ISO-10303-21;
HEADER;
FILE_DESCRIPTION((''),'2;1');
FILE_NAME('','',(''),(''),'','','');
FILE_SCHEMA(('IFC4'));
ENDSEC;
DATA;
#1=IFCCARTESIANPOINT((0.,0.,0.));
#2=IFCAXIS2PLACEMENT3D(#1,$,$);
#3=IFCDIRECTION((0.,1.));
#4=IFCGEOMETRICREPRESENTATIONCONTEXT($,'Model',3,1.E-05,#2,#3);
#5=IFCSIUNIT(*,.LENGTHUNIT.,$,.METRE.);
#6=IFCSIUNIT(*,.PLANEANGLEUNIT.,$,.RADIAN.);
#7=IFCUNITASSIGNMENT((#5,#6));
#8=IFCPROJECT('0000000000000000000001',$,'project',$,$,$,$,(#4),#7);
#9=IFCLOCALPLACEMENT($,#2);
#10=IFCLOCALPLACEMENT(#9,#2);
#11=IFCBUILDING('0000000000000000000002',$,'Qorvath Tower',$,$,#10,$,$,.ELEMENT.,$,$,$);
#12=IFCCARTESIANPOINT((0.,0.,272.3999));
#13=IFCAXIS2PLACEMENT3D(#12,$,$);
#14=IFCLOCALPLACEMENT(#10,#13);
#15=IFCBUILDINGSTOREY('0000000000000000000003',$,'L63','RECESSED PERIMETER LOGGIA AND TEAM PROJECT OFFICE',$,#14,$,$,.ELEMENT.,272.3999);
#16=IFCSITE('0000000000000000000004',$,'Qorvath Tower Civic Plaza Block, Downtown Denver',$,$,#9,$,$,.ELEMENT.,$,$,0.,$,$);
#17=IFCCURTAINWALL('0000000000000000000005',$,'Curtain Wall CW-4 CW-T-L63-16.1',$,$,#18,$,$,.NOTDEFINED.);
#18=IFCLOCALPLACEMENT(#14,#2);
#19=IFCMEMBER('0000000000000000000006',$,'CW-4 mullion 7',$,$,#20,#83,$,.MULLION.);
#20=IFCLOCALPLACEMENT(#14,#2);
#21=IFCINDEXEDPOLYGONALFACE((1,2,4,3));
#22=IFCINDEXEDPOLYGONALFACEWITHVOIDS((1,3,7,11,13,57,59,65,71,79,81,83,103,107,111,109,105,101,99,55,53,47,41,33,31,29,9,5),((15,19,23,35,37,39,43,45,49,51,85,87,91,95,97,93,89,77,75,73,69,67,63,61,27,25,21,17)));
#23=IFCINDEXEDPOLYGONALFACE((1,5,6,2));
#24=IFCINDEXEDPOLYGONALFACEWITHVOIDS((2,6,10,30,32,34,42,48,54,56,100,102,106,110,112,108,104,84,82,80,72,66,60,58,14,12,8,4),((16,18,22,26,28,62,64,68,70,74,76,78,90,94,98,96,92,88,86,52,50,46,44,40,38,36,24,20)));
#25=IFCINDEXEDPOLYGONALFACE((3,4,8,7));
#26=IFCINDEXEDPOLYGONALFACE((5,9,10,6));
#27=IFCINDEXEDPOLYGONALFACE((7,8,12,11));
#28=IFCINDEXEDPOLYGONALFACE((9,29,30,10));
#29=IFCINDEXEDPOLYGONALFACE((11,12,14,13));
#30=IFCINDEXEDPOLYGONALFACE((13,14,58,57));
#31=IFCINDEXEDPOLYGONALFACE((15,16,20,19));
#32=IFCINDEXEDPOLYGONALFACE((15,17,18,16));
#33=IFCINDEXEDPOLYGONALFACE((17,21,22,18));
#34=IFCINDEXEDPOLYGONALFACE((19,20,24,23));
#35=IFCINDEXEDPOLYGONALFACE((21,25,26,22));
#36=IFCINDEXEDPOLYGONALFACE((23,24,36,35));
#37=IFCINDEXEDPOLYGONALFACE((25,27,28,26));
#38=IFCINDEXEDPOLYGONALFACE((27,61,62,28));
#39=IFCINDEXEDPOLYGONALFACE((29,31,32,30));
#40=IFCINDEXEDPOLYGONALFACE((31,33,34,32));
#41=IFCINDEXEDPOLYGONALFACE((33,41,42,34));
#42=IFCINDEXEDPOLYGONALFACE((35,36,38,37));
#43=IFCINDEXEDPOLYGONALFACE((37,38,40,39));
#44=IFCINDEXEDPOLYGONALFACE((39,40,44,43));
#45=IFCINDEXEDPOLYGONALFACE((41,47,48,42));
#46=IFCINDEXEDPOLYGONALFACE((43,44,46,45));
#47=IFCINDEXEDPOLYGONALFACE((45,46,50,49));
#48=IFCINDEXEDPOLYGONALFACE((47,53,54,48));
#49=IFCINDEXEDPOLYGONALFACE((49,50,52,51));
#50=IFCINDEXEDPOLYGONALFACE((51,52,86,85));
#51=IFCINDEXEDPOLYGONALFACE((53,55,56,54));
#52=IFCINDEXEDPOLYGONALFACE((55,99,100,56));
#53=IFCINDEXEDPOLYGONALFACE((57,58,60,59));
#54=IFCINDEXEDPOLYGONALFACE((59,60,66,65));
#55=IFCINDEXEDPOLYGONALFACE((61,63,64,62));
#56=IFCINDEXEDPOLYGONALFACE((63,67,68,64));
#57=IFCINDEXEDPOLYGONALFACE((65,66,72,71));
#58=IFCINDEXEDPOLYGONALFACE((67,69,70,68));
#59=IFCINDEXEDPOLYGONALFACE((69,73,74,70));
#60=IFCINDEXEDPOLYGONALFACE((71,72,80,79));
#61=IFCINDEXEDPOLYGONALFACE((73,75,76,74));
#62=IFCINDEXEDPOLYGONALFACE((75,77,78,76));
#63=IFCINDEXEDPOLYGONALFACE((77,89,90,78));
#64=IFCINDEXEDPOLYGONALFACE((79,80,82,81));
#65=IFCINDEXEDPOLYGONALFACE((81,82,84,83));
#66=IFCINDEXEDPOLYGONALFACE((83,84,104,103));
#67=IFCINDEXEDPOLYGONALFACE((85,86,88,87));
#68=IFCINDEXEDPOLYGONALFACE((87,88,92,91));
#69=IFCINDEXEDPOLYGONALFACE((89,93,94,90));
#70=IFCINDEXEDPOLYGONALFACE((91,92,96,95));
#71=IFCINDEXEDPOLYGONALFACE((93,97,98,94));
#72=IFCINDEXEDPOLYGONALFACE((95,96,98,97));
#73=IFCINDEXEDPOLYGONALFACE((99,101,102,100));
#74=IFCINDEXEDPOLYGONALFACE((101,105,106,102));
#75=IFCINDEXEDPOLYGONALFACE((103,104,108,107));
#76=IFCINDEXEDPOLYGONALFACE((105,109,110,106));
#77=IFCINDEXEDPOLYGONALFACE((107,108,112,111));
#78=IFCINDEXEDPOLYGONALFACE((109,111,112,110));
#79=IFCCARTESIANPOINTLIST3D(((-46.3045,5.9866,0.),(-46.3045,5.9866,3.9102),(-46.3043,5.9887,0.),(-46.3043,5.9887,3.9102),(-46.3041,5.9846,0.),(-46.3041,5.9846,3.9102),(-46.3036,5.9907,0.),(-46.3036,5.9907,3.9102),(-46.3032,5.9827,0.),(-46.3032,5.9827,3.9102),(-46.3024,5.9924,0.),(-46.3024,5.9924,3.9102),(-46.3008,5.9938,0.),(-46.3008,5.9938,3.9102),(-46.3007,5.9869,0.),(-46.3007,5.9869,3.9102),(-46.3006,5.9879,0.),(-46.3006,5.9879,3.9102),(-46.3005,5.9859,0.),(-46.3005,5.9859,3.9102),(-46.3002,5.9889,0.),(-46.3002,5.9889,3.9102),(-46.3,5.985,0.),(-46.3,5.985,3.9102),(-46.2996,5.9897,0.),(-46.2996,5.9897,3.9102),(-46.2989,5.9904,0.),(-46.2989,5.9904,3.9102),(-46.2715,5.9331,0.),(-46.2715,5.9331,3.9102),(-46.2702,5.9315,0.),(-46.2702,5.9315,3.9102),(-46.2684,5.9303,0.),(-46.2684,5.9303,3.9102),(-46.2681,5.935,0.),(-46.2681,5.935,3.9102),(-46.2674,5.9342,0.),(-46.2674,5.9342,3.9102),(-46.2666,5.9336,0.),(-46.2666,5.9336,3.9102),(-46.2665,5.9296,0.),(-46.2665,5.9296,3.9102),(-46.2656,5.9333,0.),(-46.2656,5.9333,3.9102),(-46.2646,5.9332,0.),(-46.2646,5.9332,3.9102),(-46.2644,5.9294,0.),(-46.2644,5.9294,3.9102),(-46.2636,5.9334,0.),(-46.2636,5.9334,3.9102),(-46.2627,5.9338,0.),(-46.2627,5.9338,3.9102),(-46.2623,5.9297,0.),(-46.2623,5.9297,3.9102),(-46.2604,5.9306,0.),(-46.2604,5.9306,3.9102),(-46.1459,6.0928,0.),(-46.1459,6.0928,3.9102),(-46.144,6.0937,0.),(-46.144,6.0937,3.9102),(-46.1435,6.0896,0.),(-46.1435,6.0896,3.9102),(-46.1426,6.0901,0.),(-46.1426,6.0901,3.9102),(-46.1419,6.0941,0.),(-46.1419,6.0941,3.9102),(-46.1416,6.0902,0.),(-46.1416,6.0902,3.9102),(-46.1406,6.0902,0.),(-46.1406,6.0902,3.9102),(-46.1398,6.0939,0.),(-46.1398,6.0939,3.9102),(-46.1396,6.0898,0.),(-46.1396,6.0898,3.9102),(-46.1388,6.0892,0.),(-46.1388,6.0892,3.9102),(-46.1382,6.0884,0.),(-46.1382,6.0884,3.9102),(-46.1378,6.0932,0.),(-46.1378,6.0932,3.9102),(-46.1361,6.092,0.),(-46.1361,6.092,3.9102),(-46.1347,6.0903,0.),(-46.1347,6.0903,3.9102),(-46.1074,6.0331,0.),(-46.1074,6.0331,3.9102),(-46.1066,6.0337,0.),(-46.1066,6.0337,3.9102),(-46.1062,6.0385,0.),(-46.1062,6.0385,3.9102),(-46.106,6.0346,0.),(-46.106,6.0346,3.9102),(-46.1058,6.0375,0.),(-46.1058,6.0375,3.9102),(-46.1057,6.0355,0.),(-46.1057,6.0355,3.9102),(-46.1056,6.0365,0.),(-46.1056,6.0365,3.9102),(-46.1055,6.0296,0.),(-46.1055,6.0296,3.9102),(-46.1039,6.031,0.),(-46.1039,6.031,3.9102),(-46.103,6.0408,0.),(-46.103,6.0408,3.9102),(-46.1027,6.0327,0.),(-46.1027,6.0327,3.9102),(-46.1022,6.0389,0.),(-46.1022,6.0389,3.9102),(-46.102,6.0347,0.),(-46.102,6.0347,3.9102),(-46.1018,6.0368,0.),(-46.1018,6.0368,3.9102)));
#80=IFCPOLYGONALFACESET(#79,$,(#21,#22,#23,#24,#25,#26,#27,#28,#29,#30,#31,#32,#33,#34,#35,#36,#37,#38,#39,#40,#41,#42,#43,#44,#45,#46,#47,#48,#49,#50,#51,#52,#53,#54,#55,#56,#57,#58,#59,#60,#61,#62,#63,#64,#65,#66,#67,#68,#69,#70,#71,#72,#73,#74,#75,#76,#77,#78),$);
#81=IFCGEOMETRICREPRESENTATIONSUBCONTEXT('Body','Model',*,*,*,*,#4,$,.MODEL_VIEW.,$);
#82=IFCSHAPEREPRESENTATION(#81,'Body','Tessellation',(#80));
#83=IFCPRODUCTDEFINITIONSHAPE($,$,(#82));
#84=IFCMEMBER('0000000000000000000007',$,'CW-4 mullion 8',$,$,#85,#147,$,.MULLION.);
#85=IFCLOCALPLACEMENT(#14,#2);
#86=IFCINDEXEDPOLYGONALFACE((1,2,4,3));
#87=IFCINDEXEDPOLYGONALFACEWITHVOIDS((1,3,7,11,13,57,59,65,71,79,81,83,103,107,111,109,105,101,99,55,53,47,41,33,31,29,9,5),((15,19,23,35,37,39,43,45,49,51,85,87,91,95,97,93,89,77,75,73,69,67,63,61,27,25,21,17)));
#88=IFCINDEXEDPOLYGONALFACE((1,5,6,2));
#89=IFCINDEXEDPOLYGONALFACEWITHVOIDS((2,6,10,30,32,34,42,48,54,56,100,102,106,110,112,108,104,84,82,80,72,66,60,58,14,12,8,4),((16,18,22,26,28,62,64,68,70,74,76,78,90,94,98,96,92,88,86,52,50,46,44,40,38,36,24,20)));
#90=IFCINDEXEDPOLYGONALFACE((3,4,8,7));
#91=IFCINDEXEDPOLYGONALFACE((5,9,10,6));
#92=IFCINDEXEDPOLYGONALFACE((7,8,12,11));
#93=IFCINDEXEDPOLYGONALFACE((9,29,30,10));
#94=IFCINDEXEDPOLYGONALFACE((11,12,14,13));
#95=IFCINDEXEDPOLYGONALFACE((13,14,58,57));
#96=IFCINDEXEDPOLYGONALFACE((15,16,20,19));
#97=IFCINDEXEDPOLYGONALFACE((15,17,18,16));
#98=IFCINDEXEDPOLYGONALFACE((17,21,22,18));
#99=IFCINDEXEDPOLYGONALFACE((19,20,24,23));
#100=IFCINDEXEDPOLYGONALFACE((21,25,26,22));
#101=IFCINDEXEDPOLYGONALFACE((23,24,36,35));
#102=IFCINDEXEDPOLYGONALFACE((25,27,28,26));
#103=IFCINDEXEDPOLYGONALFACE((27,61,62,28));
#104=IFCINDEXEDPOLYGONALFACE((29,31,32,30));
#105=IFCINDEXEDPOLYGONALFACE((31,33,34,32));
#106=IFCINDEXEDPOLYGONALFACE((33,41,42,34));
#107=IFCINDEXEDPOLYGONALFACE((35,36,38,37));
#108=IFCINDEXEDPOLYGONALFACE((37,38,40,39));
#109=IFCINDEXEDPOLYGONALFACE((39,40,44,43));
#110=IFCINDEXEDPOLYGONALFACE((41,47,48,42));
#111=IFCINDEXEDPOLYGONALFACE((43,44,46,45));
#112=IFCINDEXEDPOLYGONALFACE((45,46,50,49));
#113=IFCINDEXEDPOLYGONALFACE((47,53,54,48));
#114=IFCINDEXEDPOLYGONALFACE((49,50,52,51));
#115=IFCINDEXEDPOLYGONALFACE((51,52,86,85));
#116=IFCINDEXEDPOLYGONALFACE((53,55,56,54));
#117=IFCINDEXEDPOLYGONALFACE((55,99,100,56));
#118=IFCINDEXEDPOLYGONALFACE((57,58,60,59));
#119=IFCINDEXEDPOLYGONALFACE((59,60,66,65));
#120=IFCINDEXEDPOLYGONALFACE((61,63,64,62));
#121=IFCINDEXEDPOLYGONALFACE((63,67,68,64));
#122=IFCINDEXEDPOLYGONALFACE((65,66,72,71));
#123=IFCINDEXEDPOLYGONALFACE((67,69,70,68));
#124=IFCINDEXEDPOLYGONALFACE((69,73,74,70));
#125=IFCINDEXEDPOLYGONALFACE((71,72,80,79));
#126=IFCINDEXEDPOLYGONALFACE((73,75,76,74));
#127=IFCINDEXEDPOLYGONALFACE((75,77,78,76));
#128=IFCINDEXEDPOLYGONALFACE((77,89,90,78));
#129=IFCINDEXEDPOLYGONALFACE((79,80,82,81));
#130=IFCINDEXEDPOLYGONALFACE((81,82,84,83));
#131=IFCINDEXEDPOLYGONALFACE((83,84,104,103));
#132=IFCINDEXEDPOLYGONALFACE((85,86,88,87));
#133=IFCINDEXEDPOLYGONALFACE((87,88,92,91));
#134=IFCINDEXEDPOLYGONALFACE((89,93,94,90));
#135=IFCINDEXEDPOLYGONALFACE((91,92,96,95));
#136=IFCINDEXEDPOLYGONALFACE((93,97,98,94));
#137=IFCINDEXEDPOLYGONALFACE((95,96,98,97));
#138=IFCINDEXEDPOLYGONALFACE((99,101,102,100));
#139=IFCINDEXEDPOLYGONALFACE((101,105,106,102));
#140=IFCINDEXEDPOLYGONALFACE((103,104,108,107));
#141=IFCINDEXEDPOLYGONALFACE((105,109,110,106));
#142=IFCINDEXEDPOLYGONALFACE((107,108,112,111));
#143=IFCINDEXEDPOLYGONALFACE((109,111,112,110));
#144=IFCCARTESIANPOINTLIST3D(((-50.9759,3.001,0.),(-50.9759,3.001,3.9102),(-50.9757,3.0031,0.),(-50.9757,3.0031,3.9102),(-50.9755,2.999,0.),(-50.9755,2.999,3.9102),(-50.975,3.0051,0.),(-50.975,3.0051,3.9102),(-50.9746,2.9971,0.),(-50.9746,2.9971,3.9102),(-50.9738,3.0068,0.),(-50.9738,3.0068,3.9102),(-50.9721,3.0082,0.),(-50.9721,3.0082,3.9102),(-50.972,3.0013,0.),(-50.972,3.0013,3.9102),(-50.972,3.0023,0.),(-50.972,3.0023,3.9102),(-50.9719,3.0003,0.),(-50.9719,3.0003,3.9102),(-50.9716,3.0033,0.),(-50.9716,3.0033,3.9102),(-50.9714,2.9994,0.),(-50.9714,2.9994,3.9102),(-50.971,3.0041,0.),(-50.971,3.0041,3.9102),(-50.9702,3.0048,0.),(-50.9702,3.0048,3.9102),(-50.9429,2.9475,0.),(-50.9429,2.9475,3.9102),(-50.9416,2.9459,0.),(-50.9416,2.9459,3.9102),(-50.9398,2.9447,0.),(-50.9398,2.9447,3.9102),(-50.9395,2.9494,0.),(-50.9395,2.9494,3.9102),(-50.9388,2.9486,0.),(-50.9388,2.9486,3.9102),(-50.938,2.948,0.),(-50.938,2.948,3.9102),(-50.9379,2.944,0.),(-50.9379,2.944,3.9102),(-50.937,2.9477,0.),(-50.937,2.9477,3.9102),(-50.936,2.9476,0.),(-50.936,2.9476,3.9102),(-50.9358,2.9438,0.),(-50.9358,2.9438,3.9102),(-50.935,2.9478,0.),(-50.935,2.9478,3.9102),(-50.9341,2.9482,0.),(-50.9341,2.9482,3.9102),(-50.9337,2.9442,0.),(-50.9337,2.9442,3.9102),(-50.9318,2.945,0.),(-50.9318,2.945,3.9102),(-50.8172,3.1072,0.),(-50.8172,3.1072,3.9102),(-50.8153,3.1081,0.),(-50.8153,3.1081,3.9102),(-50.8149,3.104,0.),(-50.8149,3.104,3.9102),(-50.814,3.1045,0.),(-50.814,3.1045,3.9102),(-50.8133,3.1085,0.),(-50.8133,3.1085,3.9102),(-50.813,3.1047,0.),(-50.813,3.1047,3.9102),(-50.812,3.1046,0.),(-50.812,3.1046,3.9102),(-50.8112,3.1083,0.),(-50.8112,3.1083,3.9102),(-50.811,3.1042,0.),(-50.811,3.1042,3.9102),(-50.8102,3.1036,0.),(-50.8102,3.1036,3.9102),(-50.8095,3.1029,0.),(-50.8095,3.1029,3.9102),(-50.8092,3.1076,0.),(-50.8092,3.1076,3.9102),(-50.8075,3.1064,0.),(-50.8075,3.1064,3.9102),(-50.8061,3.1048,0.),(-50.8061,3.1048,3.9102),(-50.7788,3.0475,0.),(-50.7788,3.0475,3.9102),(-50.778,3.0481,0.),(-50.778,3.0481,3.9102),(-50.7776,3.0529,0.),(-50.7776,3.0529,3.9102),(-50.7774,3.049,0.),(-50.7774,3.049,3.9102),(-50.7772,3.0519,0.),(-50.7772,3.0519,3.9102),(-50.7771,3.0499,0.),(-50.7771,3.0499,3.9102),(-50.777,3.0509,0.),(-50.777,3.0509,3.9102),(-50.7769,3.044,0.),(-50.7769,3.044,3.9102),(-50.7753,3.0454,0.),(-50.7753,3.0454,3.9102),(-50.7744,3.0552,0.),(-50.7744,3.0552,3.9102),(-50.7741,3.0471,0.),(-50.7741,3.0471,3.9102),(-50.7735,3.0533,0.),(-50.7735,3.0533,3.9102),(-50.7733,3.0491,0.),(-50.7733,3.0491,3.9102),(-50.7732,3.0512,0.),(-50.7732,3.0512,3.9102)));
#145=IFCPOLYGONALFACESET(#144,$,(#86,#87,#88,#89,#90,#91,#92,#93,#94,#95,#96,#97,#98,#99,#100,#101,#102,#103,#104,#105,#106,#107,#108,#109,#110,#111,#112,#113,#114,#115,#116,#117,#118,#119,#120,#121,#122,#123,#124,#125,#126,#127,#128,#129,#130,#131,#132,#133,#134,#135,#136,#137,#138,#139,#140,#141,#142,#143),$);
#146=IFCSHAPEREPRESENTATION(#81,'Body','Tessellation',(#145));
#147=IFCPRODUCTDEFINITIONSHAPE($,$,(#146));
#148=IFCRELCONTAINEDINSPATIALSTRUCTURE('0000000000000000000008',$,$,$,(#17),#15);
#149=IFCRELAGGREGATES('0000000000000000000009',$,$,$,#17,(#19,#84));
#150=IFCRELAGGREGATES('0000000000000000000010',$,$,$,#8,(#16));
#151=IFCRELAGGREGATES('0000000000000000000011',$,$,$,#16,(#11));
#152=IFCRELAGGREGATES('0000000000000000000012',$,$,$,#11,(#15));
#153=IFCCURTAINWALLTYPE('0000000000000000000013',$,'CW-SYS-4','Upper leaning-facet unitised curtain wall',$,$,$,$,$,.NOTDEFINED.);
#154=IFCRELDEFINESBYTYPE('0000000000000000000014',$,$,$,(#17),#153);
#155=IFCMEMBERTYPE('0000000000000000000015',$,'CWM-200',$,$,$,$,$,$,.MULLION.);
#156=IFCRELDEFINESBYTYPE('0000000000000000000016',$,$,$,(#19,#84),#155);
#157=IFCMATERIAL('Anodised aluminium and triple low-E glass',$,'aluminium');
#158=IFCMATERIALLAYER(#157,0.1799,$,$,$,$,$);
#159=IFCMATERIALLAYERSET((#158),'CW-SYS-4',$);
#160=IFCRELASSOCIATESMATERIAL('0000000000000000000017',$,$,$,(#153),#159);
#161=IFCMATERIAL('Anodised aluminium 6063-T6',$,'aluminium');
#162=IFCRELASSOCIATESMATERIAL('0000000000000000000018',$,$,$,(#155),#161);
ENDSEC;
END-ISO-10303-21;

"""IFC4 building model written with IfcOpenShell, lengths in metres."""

from ifc_helpers import new_model, si_unit, direction, frame, origin, origin_2d, place, context, subcontext, project, spatial, hollow_rectangle, extrude, material, layer, layer_set, material_profile, profile_set, type_object, element, aggregate, save


model = new_model("IFC4")

# Units and contexts
model_context = context("Model", 3, precision=1e-05, world=origin(), true_north=direction((0.0, 1.0)))
body_context = subcontext(model_context, "Body", "Model", "MODEL_VIEW")
ifc_project = project(units=[si_unit("LENGTHUNIT", "METRE"), si_unit("PLANEANGLEUNIT", "RADIAN")], contexts=[model_context])

# Site, building, storey
site_placement = place(None, origin())
site = spatial("IfcSite", under=ifc_project, at=site_placement, Name="Qorvath Tower Civic Plaza Block, Downtown Denver", CompositionType="ELEMENT", RefElevation=0.0)
building_placement = place(site_placement, origin())
building = spatial("IfcBuilding", under=site, at=building_placement, Name="Qorvath Tower", CompositionType="ELEMENT")
storey_placement = place(building_placement, frame((0.0, 0.0, 272.3999)))
storey = spatial("IfcBuildingStorey", under=building, at=storey_placement, Name="L63", Description="RECESSED PERIMETER LOGGIA AND TEAM PROJECT OFFICE", CompositionType="ELEMENT", Elevation=272.3999)

# Curtain wall, members
ifc_material_1 = material(Name="Anodised aluminium and triple low-E glass", Category="aluminium")
ifc_layer_1 = layer(ifc_material_1, 0.1799)
ifc_layer_set_1 = layer_set([ifc_layer_1], Name="CW-SYS-4")
curtain_wall_type = type_object("IfcCurtainWallType", Name="CW-SYS-4", Description="Upper leaning-facet unitised curtain wall", PredefinedType="NOTDEFINED", material=ifc_layer_set_1)
curtain_wall_placement = place(storey_placement, origin())
curtain_wall = element("IfcCurtainWall", 1, at=curtain_wall_placement, inside=storey, type_object=curtain_wall_type, Name="Curtain Wall CW-4 CW-T-L63-16.1", PredefinedType="NOTDEFINED")
ifc_material_2 = material(Name="Anodised aluminium 6063-T6", Category="aluminium")
ifc_material_profile_1 = material_profile(ifc_material_2, hollow_rectangle(XDim=0.075, YDim=0.2, WallThickness=0.0039, InnerFilletRadius=0.0039, OuterFilletRadius=0.0081, at=origin_2d()), Name="CWM 200x75")
ifc_profile_set_1 = profile_set([ifc_material_profile_1], Name="Anodised aluminium 6063-T6")
member_type_1 = type_object("IfcMemberType", Name="CWM-200", PredefinedType="MULLION", material=ifc_profile_set_1)
member_1_placement = place(storey_placement, frame((-46.2031, 6.0117, 0.0), z_axis=(0.0, 0.0, 1.0), x_axis=(0.538534, -0.842604, 0.0)))
member_1 = element("IfcMember", 2, at=member_1_placement, type_object=member_type_1, Name="CW-4 mullion 7", PredefinedType="MULLION", context=body_context, shape_type="SweptSolid", body=[
    extrude(hollow_rectangle(XDim=0.075, YDim=0.2, WallThickness=0.0039, InnerFilletRadius=0.0039, OuterFilletRadius=0.0081, at=origin_2d()), origin(), (0.0, 0.0, 1.0), 3.9102),
])
member_2_placement = place(storey_placement, frame((-50.8745, 3.0261, 0.0), z_axis=(0.0, 0.0, 1.0), x_axis=(0.538534, -0.842604, 0.0)))
member_2 = element("IfcMember", 3, at=member_2_placement, type_object=member_type_1, Name="CW-4 mullion 8", PredefinedType="MULLION", context=body_context, shape_type="SweptSolid", body=[
    extrude(hollow_rectangle(XDim=0.075, YDim=0.2, WallThickness=0.0039, InnerFilletRadius=0.0039, OuterFilletRadius=0.0081, at=origin_2d()), origin(), (0.0, 0.0, 1.0), 3.9102),
])
aggregate(curtain_wall, [member_1, member_2])

save(model, "model.ifc")
